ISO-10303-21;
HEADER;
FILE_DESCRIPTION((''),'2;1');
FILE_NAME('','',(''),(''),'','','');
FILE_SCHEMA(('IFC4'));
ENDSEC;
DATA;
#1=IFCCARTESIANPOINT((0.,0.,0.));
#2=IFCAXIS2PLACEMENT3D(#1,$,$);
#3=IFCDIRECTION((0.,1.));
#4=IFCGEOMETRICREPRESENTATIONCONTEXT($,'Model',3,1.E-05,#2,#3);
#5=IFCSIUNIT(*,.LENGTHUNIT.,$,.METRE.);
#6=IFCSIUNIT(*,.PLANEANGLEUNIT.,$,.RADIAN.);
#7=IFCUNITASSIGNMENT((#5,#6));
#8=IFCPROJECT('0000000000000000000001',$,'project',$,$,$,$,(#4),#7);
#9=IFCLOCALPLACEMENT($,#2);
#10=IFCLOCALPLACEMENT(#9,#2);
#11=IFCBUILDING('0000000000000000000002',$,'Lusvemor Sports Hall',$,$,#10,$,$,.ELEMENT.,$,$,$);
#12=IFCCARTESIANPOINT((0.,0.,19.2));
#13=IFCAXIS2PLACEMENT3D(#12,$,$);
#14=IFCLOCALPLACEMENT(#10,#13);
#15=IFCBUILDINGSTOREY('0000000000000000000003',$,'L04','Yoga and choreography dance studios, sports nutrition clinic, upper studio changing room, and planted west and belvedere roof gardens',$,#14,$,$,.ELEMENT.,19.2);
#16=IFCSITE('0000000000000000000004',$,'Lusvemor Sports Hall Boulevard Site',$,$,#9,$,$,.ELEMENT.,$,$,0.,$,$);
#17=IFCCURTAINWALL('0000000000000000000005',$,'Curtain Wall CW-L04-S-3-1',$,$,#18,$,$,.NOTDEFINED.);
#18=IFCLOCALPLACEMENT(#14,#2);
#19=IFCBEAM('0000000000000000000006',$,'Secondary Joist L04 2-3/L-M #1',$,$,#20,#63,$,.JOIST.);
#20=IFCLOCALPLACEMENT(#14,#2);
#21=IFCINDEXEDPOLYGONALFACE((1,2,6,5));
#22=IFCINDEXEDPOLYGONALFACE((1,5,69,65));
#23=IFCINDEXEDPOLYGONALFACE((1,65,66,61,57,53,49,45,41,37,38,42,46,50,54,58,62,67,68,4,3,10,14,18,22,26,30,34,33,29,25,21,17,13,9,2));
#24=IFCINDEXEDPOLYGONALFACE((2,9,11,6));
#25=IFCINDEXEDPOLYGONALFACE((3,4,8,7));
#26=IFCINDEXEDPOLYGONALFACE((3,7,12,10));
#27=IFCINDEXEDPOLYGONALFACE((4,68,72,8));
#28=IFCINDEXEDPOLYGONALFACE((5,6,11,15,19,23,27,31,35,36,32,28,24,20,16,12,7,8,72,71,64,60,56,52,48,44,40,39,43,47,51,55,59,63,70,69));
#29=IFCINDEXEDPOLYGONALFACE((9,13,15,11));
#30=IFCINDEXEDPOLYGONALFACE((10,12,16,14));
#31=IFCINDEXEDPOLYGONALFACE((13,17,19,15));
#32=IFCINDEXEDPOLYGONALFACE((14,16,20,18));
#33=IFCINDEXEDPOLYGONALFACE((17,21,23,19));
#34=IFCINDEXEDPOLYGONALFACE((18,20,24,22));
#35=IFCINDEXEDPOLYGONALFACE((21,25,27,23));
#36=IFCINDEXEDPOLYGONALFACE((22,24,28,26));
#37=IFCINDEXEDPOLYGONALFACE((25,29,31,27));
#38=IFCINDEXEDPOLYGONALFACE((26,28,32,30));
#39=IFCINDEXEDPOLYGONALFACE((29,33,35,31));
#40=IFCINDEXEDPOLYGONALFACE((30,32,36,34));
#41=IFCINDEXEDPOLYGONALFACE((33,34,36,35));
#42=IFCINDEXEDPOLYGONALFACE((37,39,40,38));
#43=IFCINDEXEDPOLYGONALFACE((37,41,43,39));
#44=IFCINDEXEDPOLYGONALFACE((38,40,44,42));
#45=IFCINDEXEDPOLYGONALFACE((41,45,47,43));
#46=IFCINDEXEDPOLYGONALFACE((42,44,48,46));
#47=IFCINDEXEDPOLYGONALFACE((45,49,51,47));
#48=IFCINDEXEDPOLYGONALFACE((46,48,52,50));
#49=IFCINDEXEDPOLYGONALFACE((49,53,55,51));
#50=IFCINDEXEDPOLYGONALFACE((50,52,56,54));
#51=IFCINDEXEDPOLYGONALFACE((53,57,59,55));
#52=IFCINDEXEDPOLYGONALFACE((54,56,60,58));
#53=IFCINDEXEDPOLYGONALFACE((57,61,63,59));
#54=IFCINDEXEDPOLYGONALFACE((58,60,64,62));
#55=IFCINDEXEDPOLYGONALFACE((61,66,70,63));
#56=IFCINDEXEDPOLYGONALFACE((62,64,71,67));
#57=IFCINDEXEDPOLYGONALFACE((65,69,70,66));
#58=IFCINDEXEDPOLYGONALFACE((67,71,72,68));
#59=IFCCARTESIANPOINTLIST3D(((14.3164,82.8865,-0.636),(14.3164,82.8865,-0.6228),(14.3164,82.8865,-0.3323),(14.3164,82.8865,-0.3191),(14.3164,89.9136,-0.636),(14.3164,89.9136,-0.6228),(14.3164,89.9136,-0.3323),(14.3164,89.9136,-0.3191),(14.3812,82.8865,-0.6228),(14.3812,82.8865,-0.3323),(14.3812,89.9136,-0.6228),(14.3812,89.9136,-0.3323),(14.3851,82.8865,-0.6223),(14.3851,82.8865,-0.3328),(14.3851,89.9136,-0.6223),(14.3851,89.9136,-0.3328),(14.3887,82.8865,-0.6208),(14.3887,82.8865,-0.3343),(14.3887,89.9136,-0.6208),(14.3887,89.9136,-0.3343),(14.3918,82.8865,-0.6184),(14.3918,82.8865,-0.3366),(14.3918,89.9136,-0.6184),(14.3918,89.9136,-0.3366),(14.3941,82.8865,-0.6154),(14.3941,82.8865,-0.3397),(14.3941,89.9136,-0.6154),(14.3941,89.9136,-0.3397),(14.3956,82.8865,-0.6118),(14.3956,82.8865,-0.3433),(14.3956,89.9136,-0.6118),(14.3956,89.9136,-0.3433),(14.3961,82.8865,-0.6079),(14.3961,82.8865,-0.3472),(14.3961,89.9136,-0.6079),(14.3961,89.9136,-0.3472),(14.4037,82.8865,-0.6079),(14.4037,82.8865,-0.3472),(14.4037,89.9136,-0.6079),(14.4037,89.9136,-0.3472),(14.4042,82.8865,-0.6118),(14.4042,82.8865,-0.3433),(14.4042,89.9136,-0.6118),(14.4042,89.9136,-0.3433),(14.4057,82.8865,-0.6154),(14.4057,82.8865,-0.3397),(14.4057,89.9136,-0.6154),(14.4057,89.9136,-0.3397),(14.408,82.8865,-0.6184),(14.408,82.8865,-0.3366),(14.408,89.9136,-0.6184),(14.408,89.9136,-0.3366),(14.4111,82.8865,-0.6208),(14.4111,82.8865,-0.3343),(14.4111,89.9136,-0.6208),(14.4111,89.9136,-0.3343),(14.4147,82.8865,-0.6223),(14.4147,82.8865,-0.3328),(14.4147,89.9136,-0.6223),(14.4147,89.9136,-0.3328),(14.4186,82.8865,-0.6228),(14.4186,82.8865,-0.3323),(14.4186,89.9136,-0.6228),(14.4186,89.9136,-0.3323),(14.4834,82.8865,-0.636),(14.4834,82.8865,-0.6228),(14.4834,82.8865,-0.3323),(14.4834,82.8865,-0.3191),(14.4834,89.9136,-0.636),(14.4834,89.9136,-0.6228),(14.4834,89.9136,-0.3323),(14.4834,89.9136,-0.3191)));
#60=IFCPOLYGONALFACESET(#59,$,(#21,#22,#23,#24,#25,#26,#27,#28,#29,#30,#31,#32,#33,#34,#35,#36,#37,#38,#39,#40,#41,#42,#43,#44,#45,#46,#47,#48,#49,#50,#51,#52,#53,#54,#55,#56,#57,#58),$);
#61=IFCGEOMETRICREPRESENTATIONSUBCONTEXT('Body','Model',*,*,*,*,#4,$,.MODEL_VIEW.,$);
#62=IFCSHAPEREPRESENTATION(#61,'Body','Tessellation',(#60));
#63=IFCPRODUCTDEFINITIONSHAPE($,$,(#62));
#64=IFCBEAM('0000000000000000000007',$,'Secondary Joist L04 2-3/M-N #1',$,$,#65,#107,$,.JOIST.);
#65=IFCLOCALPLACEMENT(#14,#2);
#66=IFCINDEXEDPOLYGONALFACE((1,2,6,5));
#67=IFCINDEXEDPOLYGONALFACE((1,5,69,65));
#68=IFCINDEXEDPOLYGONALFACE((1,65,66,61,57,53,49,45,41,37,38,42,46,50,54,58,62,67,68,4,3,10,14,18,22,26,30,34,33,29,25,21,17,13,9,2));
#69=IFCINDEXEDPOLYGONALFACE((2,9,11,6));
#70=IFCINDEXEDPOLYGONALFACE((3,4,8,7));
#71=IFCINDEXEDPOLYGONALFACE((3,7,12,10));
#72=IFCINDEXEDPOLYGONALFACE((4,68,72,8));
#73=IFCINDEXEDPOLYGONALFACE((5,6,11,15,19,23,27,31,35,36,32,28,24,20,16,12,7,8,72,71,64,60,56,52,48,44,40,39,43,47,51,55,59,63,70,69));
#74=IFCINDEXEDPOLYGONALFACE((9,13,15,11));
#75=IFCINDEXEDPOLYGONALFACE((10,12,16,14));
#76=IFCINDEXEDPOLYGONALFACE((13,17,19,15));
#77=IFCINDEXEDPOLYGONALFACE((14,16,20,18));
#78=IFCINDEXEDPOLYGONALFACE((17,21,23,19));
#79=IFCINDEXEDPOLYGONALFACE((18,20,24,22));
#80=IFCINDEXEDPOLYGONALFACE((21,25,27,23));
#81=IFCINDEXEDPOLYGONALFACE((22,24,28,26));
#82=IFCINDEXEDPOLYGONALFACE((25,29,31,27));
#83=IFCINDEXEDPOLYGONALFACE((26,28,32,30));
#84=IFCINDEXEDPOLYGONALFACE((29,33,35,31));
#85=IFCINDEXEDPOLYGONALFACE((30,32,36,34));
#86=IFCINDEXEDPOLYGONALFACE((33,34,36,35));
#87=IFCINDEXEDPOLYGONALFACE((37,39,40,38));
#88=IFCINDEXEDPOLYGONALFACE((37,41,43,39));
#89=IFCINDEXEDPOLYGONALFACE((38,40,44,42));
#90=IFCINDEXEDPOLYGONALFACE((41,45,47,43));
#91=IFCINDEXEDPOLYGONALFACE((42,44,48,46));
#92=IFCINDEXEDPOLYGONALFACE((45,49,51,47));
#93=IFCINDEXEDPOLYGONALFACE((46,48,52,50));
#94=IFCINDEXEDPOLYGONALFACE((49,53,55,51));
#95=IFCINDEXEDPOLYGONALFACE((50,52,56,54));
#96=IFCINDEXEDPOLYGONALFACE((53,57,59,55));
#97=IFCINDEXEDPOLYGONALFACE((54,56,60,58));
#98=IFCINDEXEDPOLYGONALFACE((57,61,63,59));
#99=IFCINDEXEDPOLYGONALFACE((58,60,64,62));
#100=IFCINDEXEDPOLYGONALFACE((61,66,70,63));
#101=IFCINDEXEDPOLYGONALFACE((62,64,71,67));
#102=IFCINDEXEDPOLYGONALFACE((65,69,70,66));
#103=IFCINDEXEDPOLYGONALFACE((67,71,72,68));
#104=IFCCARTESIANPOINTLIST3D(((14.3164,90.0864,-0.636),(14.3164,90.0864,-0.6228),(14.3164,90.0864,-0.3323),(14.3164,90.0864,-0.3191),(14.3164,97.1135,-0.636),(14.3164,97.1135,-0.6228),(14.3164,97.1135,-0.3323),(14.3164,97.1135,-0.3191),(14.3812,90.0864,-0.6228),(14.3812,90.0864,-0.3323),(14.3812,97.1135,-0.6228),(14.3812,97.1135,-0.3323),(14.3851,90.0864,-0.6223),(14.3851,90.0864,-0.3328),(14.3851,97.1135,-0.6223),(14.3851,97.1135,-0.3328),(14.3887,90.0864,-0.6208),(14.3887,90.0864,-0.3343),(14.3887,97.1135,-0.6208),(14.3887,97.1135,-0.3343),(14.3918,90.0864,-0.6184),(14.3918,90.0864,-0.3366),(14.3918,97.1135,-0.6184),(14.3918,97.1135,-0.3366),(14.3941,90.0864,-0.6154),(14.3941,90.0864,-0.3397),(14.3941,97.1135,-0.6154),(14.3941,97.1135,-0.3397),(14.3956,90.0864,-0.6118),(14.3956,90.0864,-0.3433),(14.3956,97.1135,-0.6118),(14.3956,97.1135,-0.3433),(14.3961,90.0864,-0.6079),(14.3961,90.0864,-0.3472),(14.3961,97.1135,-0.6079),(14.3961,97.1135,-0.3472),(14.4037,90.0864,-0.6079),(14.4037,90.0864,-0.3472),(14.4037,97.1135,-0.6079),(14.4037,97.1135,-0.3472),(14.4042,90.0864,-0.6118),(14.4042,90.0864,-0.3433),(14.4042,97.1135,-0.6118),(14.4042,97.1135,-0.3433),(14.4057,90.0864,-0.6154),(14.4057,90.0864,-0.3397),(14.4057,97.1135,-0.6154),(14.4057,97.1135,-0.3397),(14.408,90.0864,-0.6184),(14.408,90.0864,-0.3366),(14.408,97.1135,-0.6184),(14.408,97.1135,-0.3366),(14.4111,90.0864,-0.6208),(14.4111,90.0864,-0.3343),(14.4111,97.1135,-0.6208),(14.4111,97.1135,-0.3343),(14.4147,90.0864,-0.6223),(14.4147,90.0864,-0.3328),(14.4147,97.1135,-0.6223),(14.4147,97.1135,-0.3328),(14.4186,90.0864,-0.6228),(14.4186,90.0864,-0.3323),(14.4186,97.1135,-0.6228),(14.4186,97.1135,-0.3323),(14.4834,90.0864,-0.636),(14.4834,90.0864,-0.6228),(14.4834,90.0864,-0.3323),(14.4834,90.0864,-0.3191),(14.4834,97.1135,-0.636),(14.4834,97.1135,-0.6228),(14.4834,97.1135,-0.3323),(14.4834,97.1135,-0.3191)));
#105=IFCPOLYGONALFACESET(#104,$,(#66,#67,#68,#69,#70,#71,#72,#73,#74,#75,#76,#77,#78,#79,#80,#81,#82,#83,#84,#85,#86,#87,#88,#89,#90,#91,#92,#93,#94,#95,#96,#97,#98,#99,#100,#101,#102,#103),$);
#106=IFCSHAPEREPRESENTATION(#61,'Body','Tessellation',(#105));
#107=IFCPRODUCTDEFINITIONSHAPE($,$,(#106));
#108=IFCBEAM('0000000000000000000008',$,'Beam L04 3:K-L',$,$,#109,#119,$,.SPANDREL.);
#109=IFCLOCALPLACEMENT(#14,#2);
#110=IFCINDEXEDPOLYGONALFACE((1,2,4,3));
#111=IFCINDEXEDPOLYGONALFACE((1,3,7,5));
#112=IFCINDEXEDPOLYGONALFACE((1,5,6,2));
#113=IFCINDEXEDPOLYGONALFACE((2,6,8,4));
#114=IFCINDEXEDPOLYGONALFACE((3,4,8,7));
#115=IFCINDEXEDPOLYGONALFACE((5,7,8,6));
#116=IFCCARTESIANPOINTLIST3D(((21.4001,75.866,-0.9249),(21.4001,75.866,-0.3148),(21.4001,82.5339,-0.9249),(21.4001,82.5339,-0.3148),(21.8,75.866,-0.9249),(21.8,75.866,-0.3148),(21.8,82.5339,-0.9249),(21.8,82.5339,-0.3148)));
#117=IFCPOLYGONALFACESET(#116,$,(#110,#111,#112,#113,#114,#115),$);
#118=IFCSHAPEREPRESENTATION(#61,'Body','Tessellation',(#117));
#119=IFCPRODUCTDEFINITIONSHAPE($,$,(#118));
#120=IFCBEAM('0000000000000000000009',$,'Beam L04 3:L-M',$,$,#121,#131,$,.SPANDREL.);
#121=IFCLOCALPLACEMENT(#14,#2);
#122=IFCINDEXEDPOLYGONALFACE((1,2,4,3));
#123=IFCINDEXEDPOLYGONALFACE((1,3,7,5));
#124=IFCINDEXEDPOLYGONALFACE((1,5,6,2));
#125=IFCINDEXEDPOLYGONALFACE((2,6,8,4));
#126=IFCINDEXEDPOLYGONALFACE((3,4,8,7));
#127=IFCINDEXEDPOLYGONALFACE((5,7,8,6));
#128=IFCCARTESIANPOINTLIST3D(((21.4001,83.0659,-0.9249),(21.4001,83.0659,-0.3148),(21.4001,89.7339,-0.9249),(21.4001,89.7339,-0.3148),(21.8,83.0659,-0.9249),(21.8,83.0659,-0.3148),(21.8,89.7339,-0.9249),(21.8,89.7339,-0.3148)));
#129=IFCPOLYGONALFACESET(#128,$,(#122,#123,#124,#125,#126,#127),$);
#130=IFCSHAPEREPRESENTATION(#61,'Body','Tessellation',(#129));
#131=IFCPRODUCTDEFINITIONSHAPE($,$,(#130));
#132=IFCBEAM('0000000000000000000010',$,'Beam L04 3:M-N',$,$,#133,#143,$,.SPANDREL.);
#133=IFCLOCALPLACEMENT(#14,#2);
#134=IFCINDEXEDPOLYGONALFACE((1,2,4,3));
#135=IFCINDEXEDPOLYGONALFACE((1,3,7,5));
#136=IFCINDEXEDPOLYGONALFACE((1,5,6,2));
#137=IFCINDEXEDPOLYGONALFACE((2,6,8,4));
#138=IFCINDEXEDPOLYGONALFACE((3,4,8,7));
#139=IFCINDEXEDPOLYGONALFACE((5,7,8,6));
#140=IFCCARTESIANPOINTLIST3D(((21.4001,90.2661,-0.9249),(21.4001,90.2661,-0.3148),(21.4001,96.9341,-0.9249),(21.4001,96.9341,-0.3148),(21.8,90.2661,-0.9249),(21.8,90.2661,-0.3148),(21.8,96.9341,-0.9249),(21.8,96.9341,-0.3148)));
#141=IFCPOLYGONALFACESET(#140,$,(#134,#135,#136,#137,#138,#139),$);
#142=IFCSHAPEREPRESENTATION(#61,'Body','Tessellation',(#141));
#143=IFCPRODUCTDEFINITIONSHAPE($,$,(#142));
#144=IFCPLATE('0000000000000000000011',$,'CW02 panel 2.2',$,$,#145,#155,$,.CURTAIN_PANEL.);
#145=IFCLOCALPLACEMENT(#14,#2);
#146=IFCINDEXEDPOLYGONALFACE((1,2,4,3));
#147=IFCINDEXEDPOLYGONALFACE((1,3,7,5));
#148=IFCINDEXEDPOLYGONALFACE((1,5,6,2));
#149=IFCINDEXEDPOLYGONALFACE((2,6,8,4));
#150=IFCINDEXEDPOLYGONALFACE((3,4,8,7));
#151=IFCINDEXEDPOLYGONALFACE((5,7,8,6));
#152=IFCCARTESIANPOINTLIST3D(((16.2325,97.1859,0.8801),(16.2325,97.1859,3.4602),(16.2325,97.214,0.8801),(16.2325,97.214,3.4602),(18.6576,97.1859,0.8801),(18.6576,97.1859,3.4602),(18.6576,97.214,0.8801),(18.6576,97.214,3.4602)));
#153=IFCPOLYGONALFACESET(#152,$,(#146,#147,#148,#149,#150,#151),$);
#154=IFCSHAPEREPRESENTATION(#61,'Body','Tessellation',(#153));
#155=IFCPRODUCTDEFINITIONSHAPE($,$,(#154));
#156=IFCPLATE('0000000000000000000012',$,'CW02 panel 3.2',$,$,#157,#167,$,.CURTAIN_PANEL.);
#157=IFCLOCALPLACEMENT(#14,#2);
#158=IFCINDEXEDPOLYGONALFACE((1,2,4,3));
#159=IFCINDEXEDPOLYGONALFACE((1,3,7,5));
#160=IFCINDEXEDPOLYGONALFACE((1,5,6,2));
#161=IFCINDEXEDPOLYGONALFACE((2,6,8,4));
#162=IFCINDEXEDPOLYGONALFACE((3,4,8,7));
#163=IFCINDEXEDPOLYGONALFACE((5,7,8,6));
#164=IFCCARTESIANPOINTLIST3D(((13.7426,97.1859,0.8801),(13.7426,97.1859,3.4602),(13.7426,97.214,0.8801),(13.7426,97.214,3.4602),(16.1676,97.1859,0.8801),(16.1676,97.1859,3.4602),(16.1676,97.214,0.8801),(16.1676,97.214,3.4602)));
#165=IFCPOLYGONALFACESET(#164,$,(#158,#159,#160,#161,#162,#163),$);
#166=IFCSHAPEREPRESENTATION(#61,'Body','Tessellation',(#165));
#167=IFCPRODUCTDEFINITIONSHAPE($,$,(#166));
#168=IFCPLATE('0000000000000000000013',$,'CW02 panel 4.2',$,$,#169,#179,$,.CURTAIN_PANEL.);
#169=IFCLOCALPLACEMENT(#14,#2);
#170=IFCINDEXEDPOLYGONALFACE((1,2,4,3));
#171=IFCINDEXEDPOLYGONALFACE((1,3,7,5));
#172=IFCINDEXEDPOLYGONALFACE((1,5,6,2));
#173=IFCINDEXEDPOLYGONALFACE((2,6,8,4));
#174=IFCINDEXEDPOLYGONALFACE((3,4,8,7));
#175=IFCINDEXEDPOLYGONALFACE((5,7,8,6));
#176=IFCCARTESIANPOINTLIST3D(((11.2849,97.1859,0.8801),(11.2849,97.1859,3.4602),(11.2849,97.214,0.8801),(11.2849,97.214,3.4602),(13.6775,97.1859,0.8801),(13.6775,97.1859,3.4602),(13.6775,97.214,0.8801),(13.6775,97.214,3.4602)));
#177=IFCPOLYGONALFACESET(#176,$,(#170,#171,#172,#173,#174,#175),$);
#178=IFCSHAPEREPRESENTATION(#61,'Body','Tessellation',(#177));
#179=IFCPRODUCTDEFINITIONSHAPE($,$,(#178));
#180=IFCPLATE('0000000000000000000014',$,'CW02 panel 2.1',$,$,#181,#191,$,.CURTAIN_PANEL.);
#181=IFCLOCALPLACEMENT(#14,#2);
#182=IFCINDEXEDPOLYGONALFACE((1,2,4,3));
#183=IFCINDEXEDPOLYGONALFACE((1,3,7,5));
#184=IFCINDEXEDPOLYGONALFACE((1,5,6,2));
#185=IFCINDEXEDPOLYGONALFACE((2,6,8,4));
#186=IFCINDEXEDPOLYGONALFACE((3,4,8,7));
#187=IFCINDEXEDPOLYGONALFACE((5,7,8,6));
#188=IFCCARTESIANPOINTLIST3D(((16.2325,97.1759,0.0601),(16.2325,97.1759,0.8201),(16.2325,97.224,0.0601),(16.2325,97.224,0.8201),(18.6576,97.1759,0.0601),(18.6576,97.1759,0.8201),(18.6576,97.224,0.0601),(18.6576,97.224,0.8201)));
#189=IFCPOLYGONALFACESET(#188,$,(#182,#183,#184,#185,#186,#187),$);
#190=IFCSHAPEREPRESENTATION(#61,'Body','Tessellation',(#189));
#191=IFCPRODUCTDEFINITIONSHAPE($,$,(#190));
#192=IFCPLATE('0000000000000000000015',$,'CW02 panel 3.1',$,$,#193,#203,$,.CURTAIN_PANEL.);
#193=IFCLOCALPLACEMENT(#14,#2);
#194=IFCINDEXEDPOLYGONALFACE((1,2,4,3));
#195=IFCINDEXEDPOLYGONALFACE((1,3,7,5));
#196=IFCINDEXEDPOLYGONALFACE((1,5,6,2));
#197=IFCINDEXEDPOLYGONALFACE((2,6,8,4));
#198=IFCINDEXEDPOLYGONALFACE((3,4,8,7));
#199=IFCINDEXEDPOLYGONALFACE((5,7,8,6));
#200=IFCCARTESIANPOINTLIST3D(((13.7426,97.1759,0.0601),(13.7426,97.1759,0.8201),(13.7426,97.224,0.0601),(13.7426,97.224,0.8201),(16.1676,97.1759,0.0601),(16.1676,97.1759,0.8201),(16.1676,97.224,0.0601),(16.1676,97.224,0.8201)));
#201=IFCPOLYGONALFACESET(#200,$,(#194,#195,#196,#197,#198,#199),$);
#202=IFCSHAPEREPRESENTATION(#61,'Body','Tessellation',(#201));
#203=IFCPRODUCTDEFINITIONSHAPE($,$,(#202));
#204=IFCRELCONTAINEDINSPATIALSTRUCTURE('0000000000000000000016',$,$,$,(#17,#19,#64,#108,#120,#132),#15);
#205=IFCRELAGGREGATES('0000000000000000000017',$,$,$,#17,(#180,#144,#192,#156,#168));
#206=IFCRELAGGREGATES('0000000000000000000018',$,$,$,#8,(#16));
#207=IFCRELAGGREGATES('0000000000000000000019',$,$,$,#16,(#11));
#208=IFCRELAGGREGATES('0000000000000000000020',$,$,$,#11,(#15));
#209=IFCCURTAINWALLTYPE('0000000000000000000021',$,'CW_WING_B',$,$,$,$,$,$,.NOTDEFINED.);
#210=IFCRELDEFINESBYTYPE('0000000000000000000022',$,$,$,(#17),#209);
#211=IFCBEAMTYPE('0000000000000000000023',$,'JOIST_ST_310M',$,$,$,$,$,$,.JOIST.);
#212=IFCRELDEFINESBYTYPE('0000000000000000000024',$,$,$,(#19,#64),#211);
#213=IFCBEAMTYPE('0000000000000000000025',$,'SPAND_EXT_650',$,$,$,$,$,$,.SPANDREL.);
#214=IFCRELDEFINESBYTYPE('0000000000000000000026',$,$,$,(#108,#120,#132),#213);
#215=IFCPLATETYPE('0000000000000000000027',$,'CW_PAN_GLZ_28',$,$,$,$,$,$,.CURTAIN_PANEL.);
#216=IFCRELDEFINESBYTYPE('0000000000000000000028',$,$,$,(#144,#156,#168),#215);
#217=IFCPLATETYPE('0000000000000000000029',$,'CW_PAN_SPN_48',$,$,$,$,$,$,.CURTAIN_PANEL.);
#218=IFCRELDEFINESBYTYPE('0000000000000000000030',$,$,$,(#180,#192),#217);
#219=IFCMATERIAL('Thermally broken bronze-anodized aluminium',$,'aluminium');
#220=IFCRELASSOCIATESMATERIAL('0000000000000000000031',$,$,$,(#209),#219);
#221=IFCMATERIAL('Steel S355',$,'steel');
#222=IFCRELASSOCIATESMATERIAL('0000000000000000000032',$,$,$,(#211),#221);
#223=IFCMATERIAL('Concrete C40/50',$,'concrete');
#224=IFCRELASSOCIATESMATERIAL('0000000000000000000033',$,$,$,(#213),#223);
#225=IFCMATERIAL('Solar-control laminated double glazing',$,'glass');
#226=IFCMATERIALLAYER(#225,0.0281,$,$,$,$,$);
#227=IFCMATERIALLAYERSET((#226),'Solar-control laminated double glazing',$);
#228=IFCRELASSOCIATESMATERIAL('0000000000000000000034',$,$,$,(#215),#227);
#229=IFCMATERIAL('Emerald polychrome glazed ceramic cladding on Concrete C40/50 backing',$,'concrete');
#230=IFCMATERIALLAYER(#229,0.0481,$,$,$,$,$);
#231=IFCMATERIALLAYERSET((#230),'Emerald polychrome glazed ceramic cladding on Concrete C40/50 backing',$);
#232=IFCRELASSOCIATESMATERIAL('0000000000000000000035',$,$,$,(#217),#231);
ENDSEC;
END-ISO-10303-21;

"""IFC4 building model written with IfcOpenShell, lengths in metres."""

from ifc_helpers import new_model, si_unit, direction, frame, origin, origin_2d, place, context, subcontext, project, spatial, rectangle, i_section, extrude, material, layer, layer_set, material_profile, profile_set, type_object, element, aggregate, save


model = new_model("IFC4")

# Units and contexts
model_context = context("Model", 3, precision=1e-05, world=origin(), true_north=direction((0.0, 1.0)))
body_context = subcontext(model_context, "Body", "Model", "MODEL_VIEW")
ifc_project = project(units=[si_unit("LENGTHUNIT", "METRE"), si_unit("PLANEANGLEUNIT", "RADIAN")], contexts=[model_context])

# Site, building, storey
site_placement = place(None, origin())
site = spatial("IfcSite", under=ifc_project, at=site_placement, Name="Lusvemor Sports Hall Boulevard Site", CompositionType="ELEMENT", RefElevation=0.0)
building_placement = place(site_placement, origin())
building = spatial("IfcBuilding", under=site, at=building_placement, Name="Lusvemor Sports Hall", CompositionType="ELEMENT")
storey_placement = place(building_placement, frame((0.0, 0.0, 19.2)))
storey = spatial("IfcBuildingStorey", under=building, at=storey_placement, Name="L04", Description="Yoga and choreography dance studios, sports nutrition clinic, upper studio changing room, and planted west and belvedere roof gardens", CompositionType="ELEMENT", Elevation=19.2)

# Curtain wall
ifc_material_1 = material(Name="Thermally broken bronze-anodized aluminium", Category="aluminium")
curtain_wall_type = type_object("IfcCurtainWallType", Name="CW_WING_B", PredefinedType="NOTDEFINED", material=ifc_material_1)
curtain_wall_placement = place(storey_placement, origin())
curtain_wall = element("IfcCurtainWall", 1, at=curtain_wall_placement, inside=storey, type_object=curtain_wall_type, Name="Curtain Wall CW-L04-S-3-1", PredefinedType="NOTDEFINED")

# Beams
ifc_material_2 = material(Name="Steel S355", Category="steel")
ifc_material_profile_1 = material_profile(ifc_material_2, i_section(OverallWidth=0.167, OverallDepth=0.3169, WebThickness=0.0076, FlangeThickness=0.0132, FilletRadius=0.0149, at=origin_2d()), Name="W310x52.0")
ifc_profile_set_1 = profile_set([ifc_material_profile_1], Name="Steel S355")
beam_type_1 = type_object("IfcBeamType", Name="JOIST_ST_310M", PredefinedType="JOIST", material=ifc_profile_set_1)
for number, where, z_axis, x_axis, name in (
    (2, (14.3999, 82.8865, -0.4775), (0.0, 1.0, 0.0), (-1.0, 0.0, 0.0), "Secondary Joist L04 2-3/L-M #1"),
    (3, (14.3999, 90.0864, -0.4775), (0.0, 1.0, 0.0), (-1.0, 0.0, 0.0), "Secondary Joist L04 2-3/M-N #1"),
):
    element("IfcBeam", number, at=place(storey_placement, frame(where, z_axis=z_axis, x_axis=x_axis)), inside=storey, type_object=beam_type_1, Name=name, PredefinedType="JOIST", context=body_context, shape_type="SweptSolid", body=[
        extrude(i_section(OverallWidth=0.167, OverallDepth=0.3169, WebThickness=0.0076, FlangeThickness=0.0132, FilletRadius=0.0149, at=origin_2d()), origin(), (0.0, 0.0, 1.0), 7.0271),
    ])
ifc_material_3 = material(Name="Concrete C40/50", Category="concrete")
ifc_material_profile_2 = material_profile(ifc_material_3, rectangle(XDim=0.3999, YDim=0.6101, at=origin_2d()), Name="RC400x610")
ifc_profile_set_2 = profile_set([ifc_material_profile_2], Name="Concrete C40/50")
beam_type_2 = type_object("IfcBeamType", Name="SPAND_EXT_650", PredefinedType="SPANDREL", material=ifc_profile_set_2)
for number, where, z_axis, x_axis, name in (
    (4, (21.6001, 75.866, -0.6199), (0.0, 1.0, 0.0), (-1.0, 0.0, 0.0), "Beam L04 3:K-L"),
    (5, (21.6001, 83.0659, -0.6199), (0.0, 1.0, 0.0), (-1.0, 0.0, 0.0), "Beam L04 3:L-M"),
    (6, (21.6001, 90.2661, -0.6199), (0.0, 1.0, 0.0), (-1.0, 0.0, 0.0), "Beam L04 3:M-N"),
):
    element("IfcBeam", number, at=place(storey_placement, frame(where, z_axis=z_axis, x_axis=x_axis)), inside=storey, type_object=beam_type_2, Name=name, PredefinedType="SPANDREL", context=body_context, shape_type="SweptSolid", body=[
        extrude(rectangle(XDim=0.3999, YDim=0.6101, at=origin_2d()), origin(), (0.0, 0.0, 1.0), 6.668),
    ])

# Plates
ifc_material_4 = material(Name="Solar-control laminated double glazing", Category="glass")
ifc_layer_1 = layer(ifc_material_4, 0.0281)
ifc_layer_set_1 = layer_set([ifc_layer_1], Name="Solar-control laminated double glazing")
plate_type_1 = type_object("IfcPlateType", Name="CW_PAN_GLZ_28", PredefinedType="CURTAIN_PANEL", material=ifc_layer_set_1)
plate_1_placement = place(storey_placement, frame((17.4451, 97.2, 0.8801), z_axis=(0.0, 0.0, 1.0), x_axis=(-1.0, 0.0, 0.0)))
plate_1 = element("IfcPlate", 7, at=plate_1_placement, type_object=plate_type_1, Name="CW02 panel 2.2", PredefinedType="CURTAIN_PANEL", context=body_context, shape_type="SweptSolid", body=[
    extrude(rectangle(XDim=2.425, YDim=0.0281, at=origin_2d()), origin(), (0.0, 0.0, 1.0), 2.5801),
])
plate_2_placement = place(storey_placement, frame((14.9551, 97.2, 0.8801), z_axis=(0.0, 0.0, 1.0), x_axis=(-1.0, 0.0, 0.0)))
plate_2 = element("IfcPlate", 8, at=plate_2_placement, type_object=plate_type_1, Name="CW02 panel 3.2", PredefinedType="CURTAIN_PANEL", context=body_context, shape_type="SweptSolid", body=[
    extrude(rectangle(XDim=2.425, YDim=0.0281, at=origin_2d()), origin(), (0.0, 0.0, 1.0), 2.5801),
])
plate_3_placement = place(storey_placement, frame((12.4812, 97.2, 0.8801), z_axis=(0.0, 0.0, 1.0), x_axis=(-1.0, 0.0, 0.0)))
plate_3 = element("IfcPlate", 9, at=plate_3_placement, type_object=plate_type_1, Name="CW02 panel 4.2", PredefinedType="CURTAIN_PANEL", context=body_context, shape_type="SweptSolid", body=[
    extrude(rectangle(XDim=2.3926, YDim=0.0281, at=origin_2d()), origin(), (0.0, 0.0, 1.0), 2.5801),
])
ifc_material_5 = material(Name="Emerald polychrome glazed ceramic cladding on Concrete C40/50 backing", Category="concrete")
ifc_layer_2 = layer(ifc_material_5, 0.0481)
ifc_layer_set_2 = layer_set([ifc_layer_2], Name="Emerald polychrome glazed ceramic cladding on Concrete C40/50 backing")
plate_type_2 = type_object("IfcPlateType", Name="CW_PAN_SPN_48", PredefinedType="CURTAIN_PANEL", material=ifc_layer_set_2)
plate_4_placement = place(storey_placement, frame((17.4451, 97.2, 0.0601), z_axis=(0.0, 0.0, 1.0), x_axis=(-1.0, 0.0, 0.0)))
plate_4 = element("IfcPlate", 10, at=plate_4_placement, type_object=plate_type_2, Name="CW02 panel 2.1", PredefinedType="CURTAIN_PANEL", context=body_context, shape_type="SweptSolid", body=[
    extrude(rectangle(XDim=2.425, YDim=0.0481, at=origin_2d()), origin(), (0.0, 0.0, 1.0), 0.76),
])
plate_5_placement = place(storey_placement, frame((14.9551, 97.2, 0.0601), z_axis=(0.0, 0.0, 1.0), x_axis=(-1.0, 0.0, 0.0)))
plate_5 = element("IfcPlate", 11, at=plate_5_placement, type_object=plate_type_2, Name="CW02 panel 3.1", PredefinedType="CURTAIN_PANEL", context=body_context, shape_type="SweptSolid", body=[
    extrude(rectangle(XDim=2.425, YDim=0.0481, at=origin_2d()), origin(), (0.0, 0.0, 1.0), 0.76),
])
aggregate(curtain_wall, [plate_4, plate_1, plate_5, plate_2, plate_3])

save(model, "model.ifc")
